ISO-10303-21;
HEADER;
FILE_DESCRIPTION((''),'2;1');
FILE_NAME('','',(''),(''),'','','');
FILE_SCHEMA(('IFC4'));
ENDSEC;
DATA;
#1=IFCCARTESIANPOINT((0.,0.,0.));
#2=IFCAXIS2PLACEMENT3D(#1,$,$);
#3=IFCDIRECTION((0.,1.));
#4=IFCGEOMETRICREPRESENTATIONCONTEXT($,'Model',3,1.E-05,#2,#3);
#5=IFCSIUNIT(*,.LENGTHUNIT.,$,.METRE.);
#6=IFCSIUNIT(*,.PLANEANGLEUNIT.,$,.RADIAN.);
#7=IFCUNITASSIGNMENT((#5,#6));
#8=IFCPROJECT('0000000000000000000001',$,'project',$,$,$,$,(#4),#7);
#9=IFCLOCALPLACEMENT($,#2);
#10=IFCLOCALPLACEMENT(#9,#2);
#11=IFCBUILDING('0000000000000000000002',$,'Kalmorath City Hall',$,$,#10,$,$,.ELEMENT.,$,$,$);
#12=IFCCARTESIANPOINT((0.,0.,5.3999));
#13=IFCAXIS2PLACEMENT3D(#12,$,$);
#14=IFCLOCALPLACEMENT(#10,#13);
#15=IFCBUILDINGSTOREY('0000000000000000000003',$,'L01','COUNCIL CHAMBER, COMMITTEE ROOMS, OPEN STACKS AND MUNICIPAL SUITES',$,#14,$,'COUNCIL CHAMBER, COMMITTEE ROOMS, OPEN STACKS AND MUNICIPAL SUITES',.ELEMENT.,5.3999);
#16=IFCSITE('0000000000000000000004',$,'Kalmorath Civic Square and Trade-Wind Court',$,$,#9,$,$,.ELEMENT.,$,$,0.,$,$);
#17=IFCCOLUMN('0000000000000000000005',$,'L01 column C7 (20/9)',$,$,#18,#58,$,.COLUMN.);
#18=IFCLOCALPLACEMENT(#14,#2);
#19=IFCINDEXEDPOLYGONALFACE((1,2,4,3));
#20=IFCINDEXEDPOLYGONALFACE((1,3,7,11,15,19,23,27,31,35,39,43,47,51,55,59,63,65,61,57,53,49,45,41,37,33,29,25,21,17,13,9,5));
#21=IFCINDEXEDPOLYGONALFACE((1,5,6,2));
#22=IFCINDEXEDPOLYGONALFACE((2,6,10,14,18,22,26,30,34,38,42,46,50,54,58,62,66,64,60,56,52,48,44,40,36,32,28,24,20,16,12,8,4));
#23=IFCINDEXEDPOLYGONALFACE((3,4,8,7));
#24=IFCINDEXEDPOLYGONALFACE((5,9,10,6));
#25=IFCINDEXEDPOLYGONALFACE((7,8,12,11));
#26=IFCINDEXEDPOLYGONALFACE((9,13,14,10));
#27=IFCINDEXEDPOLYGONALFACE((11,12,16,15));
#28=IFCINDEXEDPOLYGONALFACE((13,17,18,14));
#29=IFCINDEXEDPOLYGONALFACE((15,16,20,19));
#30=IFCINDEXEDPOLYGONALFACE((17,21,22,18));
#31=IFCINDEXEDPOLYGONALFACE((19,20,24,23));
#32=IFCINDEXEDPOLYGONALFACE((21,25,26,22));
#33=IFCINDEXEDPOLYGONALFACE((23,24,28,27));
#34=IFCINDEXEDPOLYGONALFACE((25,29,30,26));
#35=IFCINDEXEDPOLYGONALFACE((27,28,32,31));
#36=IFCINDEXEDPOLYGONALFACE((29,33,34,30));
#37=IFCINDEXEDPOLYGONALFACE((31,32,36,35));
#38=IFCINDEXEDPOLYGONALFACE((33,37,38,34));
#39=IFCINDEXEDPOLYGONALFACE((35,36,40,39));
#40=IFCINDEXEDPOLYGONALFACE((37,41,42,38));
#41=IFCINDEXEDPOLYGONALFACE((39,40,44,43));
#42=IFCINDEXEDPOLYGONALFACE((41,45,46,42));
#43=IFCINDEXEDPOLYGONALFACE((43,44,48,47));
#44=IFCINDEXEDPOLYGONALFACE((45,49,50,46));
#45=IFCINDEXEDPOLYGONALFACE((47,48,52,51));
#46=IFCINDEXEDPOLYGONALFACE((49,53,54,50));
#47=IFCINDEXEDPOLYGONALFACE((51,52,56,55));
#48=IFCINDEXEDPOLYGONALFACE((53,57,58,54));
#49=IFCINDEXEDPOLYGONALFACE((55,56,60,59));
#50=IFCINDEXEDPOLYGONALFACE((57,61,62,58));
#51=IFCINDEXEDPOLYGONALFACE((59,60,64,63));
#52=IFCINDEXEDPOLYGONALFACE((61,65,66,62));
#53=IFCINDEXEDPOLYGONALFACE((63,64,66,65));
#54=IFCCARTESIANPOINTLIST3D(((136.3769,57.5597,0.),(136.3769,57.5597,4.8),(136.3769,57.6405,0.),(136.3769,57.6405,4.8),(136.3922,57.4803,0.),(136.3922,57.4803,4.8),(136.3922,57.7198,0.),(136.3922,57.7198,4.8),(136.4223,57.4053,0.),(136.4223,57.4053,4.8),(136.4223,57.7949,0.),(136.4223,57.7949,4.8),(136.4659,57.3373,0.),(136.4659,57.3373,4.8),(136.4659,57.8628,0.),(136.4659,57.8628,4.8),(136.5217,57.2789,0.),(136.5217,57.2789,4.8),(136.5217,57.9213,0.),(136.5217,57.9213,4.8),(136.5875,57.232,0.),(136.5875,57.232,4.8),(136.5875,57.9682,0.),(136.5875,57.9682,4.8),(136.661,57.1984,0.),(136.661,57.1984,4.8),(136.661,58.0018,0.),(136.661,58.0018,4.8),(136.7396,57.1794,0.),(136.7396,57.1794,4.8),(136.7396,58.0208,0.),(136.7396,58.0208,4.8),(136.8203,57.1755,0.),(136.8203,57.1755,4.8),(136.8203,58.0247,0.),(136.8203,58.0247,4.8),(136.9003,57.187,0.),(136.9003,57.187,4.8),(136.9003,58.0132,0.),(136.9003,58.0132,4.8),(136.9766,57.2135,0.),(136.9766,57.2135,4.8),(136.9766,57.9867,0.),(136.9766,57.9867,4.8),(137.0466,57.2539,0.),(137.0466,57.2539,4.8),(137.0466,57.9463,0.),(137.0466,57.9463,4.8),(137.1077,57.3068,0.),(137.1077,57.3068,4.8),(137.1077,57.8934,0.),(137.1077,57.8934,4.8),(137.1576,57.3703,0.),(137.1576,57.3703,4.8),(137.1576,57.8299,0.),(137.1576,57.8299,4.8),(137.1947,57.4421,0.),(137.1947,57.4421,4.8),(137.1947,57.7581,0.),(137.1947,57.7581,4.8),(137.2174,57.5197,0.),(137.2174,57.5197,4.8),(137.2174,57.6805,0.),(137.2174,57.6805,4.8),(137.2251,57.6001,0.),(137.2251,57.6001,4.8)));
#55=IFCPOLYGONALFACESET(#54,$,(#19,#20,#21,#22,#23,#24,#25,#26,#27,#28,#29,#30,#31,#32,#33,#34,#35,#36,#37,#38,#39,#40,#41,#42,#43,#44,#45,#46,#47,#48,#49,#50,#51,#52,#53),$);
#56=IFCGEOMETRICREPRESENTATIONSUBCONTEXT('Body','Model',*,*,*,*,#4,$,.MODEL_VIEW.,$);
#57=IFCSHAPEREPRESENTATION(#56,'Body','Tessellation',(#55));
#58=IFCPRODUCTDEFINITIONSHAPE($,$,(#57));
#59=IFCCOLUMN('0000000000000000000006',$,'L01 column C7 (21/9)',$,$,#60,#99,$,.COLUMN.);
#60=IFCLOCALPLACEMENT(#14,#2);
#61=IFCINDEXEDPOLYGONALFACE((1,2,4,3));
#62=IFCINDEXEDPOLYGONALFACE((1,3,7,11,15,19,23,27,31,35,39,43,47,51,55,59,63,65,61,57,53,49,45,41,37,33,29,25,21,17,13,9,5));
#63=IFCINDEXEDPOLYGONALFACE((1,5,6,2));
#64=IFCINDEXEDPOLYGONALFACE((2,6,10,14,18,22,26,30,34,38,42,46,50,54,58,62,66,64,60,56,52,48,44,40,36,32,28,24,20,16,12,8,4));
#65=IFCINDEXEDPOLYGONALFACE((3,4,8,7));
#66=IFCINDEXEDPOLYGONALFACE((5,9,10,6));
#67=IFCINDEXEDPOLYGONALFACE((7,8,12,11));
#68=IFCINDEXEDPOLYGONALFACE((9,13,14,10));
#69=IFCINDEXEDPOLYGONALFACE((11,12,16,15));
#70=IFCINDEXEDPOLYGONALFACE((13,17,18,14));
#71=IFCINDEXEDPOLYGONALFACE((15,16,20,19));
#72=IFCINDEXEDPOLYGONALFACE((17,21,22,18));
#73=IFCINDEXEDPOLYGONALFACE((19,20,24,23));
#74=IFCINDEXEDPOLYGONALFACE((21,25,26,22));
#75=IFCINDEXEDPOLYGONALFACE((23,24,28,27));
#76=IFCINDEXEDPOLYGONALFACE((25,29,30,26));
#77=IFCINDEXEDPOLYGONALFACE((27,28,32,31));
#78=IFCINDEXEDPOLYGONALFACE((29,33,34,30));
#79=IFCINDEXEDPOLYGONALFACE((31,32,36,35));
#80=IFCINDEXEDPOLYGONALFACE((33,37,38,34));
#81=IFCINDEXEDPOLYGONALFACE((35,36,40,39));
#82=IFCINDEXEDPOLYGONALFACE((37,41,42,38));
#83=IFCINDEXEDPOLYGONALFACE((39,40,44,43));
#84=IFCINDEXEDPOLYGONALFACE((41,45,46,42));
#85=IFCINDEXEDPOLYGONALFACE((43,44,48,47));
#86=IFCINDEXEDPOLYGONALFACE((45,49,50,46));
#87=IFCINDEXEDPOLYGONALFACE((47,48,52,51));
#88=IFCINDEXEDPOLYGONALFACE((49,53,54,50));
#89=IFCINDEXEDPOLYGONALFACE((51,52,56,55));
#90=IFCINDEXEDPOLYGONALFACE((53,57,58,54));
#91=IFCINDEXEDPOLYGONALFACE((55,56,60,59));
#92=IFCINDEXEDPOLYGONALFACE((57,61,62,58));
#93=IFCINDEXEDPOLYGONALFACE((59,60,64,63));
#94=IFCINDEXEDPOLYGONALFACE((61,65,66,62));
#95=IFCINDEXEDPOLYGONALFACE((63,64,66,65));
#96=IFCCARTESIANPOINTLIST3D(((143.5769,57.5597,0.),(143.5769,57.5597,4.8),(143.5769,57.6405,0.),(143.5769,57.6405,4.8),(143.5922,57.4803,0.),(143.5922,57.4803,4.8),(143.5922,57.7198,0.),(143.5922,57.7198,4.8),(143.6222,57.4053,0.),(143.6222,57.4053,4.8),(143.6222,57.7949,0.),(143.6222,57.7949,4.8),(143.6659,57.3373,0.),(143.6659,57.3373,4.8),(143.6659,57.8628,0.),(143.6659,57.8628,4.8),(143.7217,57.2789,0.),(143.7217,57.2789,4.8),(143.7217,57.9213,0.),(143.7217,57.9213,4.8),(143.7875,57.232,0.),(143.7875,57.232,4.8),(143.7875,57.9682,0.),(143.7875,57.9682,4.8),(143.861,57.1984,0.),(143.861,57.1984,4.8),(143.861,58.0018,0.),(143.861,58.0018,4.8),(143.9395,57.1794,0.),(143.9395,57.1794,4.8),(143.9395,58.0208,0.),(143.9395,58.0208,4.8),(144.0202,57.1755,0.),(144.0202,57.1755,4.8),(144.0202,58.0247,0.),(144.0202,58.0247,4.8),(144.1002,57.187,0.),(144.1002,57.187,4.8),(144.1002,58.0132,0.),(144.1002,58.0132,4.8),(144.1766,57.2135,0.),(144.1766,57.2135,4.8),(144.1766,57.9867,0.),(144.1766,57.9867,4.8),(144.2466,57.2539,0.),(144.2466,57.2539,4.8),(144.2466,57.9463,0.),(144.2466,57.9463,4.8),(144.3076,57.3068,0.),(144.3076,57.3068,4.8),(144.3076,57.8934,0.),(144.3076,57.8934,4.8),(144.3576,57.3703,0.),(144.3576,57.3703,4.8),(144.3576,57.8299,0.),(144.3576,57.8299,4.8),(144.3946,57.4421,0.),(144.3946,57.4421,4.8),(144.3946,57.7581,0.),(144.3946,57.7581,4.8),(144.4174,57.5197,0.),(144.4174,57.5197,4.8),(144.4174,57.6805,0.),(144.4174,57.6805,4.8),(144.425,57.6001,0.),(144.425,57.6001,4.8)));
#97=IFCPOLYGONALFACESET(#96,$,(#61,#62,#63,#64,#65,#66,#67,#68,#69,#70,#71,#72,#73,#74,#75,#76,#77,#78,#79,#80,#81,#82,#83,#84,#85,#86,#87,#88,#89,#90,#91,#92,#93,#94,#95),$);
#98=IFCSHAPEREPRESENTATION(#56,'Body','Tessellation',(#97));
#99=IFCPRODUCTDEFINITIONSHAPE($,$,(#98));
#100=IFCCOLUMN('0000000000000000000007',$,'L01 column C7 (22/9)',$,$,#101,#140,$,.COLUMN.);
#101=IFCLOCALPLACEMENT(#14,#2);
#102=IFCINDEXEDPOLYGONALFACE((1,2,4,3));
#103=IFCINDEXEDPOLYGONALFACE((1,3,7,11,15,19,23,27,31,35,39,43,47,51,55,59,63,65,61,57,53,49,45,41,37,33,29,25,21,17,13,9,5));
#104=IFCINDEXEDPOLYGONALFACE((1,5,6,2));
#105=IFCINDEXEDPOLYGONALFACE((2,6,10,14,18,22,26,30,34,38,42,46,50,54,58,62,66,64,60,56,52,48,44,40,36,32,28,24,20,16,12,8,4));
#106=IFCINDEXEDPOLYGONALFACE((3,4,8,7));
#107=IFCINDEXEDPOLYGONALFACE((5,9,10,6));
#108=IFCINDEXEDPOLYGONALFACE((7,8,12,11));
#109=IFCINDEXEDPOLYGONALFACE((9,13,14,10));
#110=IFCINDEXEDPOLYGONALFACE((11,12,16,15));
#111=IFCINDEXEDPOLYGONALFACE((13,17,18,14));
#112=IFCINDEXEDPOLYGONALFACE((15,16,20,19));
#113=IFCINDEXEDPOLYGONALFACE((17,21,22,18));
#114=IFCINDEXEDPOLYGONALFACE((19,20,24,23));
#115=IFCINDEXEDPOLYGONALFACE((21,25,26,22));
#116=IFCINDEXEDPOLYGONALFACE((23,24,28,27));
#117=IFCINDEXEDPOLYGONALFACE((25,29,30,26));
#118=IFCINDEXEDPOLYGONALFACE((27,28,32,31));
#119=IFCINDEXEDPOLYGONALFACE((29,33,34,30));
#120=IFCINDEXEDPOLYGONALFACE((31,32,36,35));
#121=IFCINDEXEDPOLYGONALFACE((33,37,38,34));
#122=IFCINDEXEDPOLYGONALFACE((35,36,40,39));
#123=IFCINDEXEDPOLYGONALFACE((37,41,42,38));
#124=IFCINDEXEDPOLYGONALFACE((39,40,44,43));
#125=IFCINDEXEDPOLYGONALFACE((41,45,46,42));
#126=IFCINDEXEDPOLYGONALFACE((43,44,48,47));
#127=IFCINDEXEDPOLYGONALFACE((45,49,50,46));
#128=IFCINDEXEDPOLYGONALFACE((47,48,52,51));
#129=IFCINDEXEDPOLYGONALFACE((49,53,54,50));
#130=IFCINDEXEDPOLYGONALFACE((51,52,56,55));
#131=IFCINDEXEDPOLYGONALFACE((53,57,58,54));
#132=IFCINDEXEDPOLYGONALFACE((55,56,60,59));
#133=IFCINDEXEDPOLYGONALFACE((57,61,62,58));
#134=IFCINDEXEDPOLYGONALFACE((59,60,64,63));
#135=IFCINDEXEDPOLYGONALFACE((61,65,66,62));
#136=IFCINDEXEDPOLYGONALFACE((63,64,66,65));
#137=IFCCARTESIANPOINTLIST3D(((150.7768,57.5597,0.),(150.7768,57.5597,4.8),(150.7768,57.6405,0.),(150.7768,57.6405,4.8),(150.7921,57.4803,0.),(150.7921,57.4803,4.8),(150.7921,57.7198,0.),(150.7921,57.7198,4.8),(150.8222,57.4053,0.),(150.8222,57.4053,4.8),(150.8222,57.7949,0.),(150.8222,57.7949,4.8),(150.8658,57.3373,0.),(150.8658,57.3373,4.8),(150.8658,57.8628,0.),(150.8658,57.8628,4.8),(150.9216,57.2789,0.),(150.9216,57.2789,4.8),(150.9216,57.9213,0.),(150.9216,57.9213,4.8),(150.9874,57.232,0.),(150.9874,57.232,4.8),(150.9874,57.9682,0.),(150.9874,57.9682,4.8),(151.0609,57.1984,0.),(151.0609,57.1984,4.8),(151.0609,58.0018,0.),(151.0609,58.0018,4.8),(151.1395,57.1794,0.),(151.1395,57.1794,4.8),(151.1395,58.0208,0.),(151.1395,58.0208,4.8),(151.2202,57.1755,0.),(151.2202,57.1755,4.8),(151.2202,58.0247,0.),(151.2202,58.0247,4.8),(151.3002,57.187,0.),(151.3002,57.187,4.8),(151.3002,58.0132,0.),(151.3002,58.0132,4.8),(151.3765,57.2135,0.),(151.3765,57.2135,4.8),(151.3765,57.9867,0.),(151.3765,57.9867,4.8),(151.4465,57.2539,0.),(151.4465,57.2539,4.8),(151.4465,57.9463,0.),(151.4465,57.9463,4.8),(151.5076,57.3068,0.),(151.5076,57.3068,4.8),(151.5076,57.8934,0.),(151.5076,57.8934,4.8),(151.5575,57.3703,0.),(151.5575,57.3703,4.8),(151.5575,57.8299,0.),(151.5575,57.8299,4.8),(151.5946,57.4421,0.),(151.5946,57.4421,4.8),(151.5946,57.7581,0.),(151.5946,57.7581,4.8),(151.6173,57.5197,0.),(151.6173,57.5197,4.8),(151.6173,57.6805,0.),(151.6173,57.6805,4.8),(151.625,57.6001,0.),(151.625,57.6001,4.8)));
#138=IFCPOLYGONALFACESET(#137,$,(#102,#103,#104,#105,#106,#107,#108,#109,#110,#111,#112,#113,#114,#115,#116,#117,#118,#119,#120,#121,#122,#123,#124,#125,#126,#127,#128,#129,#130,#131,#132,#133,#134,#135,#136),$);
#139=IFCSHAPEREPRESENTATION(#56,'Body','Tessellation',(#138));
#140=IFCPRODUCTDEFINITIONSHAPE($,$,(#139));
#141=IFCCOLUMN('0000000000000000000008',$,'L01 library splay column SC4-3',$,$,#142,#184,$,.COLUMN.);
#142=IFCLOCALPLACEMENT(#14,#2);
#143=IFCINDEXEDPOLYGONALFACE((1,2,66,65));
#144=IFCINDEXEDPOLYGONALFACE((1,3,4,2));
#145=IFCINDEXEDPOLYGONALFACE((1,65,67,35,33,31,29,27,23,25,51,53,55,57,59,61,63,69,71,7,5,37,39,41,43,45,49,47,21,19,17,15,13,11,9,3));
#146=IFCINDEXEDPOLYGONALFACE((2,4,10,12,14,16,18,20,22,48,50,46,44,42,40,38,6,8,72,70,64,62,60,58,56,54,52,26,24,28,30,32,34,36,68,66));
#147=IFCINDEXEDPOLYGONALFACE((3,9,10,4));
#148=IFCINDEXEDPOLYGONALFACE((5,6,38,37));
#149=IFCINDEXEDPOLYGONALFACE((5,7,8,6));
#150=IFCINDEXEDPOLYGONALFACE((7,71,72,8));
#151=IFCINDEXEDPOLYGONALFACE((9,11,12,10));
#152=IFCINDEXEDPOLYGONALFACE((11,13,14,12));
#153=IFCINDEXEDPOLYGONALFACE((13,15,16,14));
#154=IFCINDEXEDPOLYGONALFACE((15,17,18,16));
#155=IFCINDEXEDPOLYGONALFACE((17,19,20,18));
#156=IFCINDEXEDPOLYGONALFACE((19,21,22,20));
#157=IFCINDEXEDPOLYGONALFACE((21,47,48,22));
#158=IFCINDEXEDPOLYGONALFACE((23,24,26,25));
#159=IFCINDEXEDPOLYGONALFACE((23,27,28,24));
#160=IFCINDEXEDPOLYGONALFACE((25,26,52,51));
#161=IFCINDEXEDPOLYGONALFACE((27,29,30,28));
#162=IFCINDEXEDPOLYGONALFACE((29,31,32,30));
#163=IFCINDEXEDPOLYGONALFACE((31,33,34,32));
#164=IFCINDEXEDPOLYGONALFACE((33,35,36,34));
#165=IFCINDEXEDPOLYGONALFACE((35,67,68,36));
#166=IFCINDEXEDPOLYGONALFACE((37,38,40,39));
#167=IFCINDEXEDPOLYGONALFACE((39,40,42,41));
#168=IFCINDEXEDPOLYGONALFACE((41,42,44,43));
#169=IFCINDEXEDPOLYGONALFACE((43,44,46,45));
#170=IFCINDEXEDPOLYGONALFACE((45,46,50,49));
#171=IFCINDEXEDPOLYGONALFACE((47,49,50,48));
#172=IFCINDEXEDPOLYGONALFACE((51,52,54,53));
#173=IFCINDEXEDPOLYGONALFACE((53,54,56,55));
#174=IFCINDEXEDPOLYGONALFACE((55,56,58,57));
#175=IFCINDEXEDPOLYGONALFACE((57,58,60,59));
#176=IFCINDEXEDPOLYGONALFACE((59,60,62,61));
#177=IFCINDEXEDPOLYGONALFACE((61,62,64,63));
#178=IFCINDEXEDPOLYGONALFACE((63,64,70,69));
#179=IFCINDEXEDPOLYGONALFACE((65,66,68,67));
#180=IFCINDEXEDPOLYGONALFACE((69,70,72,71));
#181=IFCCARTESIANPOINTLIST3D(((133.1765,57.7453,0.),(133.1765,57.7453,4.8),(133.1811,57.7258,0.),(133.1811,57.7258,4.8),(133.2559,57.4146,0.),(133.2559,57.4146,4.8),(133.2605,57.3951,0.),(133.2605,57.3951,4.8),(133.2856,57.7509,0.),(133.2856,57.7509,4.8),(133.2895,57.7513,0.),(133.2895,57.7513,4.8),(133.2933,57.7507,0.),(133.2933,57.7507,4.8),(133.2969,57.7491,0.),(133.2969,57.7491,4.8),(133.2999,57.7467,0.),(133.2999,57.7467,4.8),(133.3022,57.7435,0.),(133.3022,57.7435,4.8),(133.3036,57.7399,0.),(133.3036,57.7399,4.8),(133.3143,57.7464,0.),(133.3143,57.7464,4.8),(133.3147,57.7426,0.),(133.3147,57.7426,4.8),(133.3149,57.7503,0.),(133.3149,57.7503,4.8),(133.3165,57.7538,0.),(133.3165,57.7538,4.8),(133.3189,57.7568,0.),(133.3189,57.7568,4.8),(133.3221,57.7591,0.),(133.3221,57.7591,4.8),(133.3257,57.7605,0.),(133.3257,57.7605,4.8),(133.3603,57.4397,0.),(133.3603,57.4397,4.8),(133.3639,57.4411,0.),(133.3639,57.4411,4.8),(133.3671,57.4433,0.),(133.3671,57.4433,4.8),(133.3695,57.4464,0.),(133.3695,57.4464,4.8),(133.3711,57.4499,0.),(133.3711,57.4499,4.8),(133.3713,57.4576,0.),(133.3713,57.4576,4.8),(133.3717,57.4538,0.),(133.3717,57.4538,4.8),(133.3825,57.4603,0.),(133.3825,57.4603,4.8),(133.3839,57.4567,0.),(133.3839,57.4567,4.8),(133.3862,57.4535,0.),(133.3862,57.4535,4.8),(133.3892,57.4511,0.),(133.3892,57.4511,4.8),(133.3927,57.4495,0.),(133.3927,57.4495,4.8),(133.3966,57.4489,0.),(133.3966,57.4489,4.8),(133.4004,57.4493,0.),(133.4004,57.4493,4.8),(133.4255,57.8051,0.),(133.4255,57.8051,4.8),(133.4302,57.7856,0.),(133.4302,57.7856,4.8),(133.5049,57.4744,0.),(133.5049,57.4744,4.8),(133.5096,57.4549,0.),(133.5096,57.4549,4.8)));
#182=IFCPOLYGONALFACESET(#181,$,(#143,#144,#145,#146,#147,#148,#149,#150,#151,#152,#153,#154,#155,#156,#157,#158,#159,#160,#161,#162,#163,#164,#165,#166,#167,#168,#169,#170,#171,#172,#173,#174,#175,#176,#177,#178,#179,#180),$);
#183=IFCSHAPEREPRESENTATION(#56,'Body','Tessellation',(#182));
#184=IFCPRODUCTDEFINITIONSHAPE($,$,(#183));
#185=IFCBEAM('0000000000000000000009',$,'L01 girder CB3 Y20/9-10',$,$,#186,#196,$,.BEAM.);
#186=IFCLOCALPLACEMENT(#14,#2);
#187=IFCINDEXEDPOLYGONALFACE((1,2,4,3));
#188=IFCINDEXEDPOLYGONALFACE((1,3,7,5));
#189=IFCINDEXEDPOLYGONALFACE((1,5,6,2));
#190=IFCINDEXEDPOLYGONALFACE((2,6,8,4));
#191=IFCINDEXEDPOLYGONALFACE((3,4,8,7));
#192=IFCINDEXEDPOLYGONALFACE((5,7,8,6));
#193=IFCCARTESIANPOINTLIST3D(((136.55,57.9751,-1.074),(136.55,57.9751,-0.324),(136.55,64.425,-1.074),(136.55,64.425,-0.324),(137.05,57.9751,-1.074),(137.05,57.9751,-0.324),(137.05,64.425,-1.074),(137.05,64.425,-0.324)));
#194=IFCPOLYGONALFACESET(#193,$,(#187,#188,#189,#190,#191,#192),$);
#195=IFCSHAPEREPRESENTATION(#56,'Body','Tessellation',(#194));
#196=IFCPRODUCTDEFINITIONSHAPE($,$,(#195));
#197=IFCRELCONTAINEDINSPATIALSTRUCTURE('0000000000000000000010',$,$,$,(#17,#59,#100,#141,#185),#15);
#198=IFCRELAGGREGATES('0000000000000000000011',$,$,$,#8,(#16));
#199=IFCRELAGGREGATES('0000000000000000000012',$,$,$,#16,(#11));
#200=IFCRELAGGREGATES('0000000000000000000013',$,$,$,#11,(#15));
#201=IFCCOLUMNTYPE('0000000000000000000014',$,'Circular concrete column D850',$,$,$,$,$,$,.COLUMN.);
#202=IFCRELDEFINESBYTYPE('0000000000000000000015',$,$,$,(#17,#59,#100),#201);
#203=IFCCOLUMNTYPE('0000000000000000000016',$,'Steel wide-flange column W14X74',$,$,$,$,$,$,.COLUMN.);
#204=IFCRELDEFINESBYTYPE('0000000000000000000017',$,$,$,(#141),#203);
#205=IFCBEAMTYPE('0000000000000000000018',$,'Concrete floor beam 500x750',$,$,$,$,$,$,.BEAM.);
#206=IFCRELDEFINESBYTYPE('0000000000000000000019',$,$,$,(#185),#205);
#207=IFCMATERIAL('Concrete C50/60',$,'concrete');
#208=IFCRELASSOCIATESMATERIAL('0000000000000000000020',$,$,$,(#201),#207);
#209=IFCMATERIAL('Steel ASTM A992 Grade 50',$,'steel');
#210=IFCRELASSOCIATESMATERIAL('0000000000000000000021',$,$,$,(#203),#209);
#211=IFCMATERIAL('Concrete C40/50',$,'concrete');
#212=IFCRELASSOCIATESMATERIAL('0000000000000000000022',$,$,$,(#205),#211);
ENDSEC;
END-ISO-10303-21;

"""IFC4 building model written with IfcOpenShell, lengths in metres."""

from ifc_helpers import new_model, si_unit, direction, frame, origin, origin_2d, place, context, subcontext, project, spatial, rectangle, circle, i_section, extrude, material, material_profile, profile_set, type_object, element, save


model = new_model("IFC4")

# Units and contexts
model_context = context("Model", 3, precision=1e-05, world=origin(), true_north=direction((0.0, 1.0)))
body_context = subcontext(model_context, "Body", "Model", "MODEL_VIEW")
ifc_project = project(units=[si_unit("LENGTHUNIT", "METRE"), si_unit("PLANEANGLEUNIT", "RADIAN")], contexts=[model_context])

# Site, building, storey
site_placement = place(None, origin())
site = spatial("IfcSite", under=ifc_project, at=site_placement, Name="Kalmorath Civic Square and Trade-Wind Court", CompositionType="ELEMENT", RefElevation=0.0)
building_placement = place(site_placement, origin())
building = spatial("IfcBuilding", under=site, at=building_placement, Name="Kalmorath City Hall", CompositionType="ELEMENT")
storey_placement = place(building_placement, frame((0.0, 0.0, 5.3999)))
storey = spatial("IfcBuildingStorey", under=building, at=storey_placement, Name="L01", Description="COUNCIL CHAMBER, COMMITTEE ROOMS, OPEN STACKS AND MUNICIPAL SUITES", LongName="COUNCIL CHAMBER, COMMITTEE ROOMS, OPEN STACKS AND MUNICIPAL SUITES", CompositionType="ELEMENT", Elevation=5.3999)

# Columns
ifc_material_1 = material(Name="Concrete C50/60", Category="concrete")
ifc_material_profile_1 = material_profile(ifc_material_1, circle(Radius=0.425, at=origin_2d()), Name="RC-COL-D850")
ifc_profile_set_1 = profile_set([ifc_material_profile_1], Name="Concrete C50/60")
column_type_1 = type_object("IfcColumnType", Name="Circular concrete column D850", PredefinedType="COLUMN", material=ifc_profile_set_1)
for number, where, z_axis, x_axis, name in (
    (1, (136.8, 57.6001, 0.0), (0.0, 0.0, 1.0), (1.0, 0.0, 0.0), "L01 column C7 (20/9)"),
    (2, (144.0, 57.6001, 0.0), (0.0, 0.0, 1.0), (1.0, 0.0, 0.0), "L01 column C7 (21/9)"),
    (3, (151.2, 57.6001, 0.0), (0.0, 0.0, 1.0), (1.0, 0.0, 0.0), "L01 column C7 (22/9)"),
):
    element("IfcColumn", number, at=place(storey_placement, frame(where, z_axis=z_axis, x_axis=x_axis)), inside=storey, type_object=column_type_1, Name=name, PredefinedType="COLUMN", context=body_context, shape_type="SweptSolid", body=[
        extrude(circle(Radius=0.425, at=origin_2d()), origin(), (0.0, 0.0, 1.0), 4.8),
    ])
ifc_material_2 = material(Name="Steel ASTM A992 Grade 50", Category="steel")
ifc_material_profile_2 = material_profile(ifc_material_2, i_section(OverallWidth=0.2561, OverallDepth=0.3601, WebThickness=0.0115, FlangeThickness=0.02, FilletRadius=0.0149, at=origin_2d()), Name="W14X74")
ifc_profile_set_2 = profile_set([ifc_material_profile_2], Name="Steel ASTM A992 Grade 50")
column_type_2 = type_object("IfcColumnType", Name="Steel wide-flange column W14X74", PredefinedType="COLUMN", material=ifc_profile_set_2)
column_placement = place(storey_placement, frame((133.343, 57.6001, 0.0), z_axis=(0.0, 0.0, 1.0), x_axis=(0.97237, 0.233445, 0.0)))
element("IfcColumn", 4, at=column_placement, inside=storey, type_object=column_type_2, Name="L01 library splay column SC4-3", PredefinedType="COLUMN", context=body_context, shape_type="SweptSolid", body=[
    extrude(i_section(OverallWidth=0.2561, OverallDepth=0.3601, WebThickness=0.0115, FlangeThickness=0.02, FilletRadius=0.0149, at=origin_2d()), origin(), (0.0, 0.0, 1.0), 4.8),
])

# Beam
ifc_material_3 = material(Name="Concrete C40/50", Category="concrete")
ifc_material_profile_3 = material_profile(ifc_material_3, rectangle(XDim=0.5, YDim=0.75, at=origin_2d()), Name="RC-BM-500X750")
ifc_profile_set_3 = profile_set([ifc_material_profile_3], Name="Concrete C40/50")
beam_type_1 = type_object("IfcBeamType", Name="Concrete floor beam 500x750", PredefinedType="BEAM", material=ifc_profile_set_3)
for number, where, z_axis, x_axis, name in (
    (5, (136.8, 57.9751, -0.699), (0.0, 1.0, 0.0), (-1.0, 0.0, 0.0), "L01 girder CB3 Y20/9-10"),
):
    element("IfcBeam", number, at=place(storey_placement, frame(where, z_axis=z_axis, x_axis=x_axis)), inside=storey, type_object=beam_type_1, Name=name, PredefinedType="BEAM", context=body_context, shape_type="SweptSolid", body=[
        extrude(rectangle(XDim=0.5, YDim=0.75, at=origin_2d()), origin(), (0.0, 0.0, 1.0), 6.45),
    ])

save(model, "model.ifc")
